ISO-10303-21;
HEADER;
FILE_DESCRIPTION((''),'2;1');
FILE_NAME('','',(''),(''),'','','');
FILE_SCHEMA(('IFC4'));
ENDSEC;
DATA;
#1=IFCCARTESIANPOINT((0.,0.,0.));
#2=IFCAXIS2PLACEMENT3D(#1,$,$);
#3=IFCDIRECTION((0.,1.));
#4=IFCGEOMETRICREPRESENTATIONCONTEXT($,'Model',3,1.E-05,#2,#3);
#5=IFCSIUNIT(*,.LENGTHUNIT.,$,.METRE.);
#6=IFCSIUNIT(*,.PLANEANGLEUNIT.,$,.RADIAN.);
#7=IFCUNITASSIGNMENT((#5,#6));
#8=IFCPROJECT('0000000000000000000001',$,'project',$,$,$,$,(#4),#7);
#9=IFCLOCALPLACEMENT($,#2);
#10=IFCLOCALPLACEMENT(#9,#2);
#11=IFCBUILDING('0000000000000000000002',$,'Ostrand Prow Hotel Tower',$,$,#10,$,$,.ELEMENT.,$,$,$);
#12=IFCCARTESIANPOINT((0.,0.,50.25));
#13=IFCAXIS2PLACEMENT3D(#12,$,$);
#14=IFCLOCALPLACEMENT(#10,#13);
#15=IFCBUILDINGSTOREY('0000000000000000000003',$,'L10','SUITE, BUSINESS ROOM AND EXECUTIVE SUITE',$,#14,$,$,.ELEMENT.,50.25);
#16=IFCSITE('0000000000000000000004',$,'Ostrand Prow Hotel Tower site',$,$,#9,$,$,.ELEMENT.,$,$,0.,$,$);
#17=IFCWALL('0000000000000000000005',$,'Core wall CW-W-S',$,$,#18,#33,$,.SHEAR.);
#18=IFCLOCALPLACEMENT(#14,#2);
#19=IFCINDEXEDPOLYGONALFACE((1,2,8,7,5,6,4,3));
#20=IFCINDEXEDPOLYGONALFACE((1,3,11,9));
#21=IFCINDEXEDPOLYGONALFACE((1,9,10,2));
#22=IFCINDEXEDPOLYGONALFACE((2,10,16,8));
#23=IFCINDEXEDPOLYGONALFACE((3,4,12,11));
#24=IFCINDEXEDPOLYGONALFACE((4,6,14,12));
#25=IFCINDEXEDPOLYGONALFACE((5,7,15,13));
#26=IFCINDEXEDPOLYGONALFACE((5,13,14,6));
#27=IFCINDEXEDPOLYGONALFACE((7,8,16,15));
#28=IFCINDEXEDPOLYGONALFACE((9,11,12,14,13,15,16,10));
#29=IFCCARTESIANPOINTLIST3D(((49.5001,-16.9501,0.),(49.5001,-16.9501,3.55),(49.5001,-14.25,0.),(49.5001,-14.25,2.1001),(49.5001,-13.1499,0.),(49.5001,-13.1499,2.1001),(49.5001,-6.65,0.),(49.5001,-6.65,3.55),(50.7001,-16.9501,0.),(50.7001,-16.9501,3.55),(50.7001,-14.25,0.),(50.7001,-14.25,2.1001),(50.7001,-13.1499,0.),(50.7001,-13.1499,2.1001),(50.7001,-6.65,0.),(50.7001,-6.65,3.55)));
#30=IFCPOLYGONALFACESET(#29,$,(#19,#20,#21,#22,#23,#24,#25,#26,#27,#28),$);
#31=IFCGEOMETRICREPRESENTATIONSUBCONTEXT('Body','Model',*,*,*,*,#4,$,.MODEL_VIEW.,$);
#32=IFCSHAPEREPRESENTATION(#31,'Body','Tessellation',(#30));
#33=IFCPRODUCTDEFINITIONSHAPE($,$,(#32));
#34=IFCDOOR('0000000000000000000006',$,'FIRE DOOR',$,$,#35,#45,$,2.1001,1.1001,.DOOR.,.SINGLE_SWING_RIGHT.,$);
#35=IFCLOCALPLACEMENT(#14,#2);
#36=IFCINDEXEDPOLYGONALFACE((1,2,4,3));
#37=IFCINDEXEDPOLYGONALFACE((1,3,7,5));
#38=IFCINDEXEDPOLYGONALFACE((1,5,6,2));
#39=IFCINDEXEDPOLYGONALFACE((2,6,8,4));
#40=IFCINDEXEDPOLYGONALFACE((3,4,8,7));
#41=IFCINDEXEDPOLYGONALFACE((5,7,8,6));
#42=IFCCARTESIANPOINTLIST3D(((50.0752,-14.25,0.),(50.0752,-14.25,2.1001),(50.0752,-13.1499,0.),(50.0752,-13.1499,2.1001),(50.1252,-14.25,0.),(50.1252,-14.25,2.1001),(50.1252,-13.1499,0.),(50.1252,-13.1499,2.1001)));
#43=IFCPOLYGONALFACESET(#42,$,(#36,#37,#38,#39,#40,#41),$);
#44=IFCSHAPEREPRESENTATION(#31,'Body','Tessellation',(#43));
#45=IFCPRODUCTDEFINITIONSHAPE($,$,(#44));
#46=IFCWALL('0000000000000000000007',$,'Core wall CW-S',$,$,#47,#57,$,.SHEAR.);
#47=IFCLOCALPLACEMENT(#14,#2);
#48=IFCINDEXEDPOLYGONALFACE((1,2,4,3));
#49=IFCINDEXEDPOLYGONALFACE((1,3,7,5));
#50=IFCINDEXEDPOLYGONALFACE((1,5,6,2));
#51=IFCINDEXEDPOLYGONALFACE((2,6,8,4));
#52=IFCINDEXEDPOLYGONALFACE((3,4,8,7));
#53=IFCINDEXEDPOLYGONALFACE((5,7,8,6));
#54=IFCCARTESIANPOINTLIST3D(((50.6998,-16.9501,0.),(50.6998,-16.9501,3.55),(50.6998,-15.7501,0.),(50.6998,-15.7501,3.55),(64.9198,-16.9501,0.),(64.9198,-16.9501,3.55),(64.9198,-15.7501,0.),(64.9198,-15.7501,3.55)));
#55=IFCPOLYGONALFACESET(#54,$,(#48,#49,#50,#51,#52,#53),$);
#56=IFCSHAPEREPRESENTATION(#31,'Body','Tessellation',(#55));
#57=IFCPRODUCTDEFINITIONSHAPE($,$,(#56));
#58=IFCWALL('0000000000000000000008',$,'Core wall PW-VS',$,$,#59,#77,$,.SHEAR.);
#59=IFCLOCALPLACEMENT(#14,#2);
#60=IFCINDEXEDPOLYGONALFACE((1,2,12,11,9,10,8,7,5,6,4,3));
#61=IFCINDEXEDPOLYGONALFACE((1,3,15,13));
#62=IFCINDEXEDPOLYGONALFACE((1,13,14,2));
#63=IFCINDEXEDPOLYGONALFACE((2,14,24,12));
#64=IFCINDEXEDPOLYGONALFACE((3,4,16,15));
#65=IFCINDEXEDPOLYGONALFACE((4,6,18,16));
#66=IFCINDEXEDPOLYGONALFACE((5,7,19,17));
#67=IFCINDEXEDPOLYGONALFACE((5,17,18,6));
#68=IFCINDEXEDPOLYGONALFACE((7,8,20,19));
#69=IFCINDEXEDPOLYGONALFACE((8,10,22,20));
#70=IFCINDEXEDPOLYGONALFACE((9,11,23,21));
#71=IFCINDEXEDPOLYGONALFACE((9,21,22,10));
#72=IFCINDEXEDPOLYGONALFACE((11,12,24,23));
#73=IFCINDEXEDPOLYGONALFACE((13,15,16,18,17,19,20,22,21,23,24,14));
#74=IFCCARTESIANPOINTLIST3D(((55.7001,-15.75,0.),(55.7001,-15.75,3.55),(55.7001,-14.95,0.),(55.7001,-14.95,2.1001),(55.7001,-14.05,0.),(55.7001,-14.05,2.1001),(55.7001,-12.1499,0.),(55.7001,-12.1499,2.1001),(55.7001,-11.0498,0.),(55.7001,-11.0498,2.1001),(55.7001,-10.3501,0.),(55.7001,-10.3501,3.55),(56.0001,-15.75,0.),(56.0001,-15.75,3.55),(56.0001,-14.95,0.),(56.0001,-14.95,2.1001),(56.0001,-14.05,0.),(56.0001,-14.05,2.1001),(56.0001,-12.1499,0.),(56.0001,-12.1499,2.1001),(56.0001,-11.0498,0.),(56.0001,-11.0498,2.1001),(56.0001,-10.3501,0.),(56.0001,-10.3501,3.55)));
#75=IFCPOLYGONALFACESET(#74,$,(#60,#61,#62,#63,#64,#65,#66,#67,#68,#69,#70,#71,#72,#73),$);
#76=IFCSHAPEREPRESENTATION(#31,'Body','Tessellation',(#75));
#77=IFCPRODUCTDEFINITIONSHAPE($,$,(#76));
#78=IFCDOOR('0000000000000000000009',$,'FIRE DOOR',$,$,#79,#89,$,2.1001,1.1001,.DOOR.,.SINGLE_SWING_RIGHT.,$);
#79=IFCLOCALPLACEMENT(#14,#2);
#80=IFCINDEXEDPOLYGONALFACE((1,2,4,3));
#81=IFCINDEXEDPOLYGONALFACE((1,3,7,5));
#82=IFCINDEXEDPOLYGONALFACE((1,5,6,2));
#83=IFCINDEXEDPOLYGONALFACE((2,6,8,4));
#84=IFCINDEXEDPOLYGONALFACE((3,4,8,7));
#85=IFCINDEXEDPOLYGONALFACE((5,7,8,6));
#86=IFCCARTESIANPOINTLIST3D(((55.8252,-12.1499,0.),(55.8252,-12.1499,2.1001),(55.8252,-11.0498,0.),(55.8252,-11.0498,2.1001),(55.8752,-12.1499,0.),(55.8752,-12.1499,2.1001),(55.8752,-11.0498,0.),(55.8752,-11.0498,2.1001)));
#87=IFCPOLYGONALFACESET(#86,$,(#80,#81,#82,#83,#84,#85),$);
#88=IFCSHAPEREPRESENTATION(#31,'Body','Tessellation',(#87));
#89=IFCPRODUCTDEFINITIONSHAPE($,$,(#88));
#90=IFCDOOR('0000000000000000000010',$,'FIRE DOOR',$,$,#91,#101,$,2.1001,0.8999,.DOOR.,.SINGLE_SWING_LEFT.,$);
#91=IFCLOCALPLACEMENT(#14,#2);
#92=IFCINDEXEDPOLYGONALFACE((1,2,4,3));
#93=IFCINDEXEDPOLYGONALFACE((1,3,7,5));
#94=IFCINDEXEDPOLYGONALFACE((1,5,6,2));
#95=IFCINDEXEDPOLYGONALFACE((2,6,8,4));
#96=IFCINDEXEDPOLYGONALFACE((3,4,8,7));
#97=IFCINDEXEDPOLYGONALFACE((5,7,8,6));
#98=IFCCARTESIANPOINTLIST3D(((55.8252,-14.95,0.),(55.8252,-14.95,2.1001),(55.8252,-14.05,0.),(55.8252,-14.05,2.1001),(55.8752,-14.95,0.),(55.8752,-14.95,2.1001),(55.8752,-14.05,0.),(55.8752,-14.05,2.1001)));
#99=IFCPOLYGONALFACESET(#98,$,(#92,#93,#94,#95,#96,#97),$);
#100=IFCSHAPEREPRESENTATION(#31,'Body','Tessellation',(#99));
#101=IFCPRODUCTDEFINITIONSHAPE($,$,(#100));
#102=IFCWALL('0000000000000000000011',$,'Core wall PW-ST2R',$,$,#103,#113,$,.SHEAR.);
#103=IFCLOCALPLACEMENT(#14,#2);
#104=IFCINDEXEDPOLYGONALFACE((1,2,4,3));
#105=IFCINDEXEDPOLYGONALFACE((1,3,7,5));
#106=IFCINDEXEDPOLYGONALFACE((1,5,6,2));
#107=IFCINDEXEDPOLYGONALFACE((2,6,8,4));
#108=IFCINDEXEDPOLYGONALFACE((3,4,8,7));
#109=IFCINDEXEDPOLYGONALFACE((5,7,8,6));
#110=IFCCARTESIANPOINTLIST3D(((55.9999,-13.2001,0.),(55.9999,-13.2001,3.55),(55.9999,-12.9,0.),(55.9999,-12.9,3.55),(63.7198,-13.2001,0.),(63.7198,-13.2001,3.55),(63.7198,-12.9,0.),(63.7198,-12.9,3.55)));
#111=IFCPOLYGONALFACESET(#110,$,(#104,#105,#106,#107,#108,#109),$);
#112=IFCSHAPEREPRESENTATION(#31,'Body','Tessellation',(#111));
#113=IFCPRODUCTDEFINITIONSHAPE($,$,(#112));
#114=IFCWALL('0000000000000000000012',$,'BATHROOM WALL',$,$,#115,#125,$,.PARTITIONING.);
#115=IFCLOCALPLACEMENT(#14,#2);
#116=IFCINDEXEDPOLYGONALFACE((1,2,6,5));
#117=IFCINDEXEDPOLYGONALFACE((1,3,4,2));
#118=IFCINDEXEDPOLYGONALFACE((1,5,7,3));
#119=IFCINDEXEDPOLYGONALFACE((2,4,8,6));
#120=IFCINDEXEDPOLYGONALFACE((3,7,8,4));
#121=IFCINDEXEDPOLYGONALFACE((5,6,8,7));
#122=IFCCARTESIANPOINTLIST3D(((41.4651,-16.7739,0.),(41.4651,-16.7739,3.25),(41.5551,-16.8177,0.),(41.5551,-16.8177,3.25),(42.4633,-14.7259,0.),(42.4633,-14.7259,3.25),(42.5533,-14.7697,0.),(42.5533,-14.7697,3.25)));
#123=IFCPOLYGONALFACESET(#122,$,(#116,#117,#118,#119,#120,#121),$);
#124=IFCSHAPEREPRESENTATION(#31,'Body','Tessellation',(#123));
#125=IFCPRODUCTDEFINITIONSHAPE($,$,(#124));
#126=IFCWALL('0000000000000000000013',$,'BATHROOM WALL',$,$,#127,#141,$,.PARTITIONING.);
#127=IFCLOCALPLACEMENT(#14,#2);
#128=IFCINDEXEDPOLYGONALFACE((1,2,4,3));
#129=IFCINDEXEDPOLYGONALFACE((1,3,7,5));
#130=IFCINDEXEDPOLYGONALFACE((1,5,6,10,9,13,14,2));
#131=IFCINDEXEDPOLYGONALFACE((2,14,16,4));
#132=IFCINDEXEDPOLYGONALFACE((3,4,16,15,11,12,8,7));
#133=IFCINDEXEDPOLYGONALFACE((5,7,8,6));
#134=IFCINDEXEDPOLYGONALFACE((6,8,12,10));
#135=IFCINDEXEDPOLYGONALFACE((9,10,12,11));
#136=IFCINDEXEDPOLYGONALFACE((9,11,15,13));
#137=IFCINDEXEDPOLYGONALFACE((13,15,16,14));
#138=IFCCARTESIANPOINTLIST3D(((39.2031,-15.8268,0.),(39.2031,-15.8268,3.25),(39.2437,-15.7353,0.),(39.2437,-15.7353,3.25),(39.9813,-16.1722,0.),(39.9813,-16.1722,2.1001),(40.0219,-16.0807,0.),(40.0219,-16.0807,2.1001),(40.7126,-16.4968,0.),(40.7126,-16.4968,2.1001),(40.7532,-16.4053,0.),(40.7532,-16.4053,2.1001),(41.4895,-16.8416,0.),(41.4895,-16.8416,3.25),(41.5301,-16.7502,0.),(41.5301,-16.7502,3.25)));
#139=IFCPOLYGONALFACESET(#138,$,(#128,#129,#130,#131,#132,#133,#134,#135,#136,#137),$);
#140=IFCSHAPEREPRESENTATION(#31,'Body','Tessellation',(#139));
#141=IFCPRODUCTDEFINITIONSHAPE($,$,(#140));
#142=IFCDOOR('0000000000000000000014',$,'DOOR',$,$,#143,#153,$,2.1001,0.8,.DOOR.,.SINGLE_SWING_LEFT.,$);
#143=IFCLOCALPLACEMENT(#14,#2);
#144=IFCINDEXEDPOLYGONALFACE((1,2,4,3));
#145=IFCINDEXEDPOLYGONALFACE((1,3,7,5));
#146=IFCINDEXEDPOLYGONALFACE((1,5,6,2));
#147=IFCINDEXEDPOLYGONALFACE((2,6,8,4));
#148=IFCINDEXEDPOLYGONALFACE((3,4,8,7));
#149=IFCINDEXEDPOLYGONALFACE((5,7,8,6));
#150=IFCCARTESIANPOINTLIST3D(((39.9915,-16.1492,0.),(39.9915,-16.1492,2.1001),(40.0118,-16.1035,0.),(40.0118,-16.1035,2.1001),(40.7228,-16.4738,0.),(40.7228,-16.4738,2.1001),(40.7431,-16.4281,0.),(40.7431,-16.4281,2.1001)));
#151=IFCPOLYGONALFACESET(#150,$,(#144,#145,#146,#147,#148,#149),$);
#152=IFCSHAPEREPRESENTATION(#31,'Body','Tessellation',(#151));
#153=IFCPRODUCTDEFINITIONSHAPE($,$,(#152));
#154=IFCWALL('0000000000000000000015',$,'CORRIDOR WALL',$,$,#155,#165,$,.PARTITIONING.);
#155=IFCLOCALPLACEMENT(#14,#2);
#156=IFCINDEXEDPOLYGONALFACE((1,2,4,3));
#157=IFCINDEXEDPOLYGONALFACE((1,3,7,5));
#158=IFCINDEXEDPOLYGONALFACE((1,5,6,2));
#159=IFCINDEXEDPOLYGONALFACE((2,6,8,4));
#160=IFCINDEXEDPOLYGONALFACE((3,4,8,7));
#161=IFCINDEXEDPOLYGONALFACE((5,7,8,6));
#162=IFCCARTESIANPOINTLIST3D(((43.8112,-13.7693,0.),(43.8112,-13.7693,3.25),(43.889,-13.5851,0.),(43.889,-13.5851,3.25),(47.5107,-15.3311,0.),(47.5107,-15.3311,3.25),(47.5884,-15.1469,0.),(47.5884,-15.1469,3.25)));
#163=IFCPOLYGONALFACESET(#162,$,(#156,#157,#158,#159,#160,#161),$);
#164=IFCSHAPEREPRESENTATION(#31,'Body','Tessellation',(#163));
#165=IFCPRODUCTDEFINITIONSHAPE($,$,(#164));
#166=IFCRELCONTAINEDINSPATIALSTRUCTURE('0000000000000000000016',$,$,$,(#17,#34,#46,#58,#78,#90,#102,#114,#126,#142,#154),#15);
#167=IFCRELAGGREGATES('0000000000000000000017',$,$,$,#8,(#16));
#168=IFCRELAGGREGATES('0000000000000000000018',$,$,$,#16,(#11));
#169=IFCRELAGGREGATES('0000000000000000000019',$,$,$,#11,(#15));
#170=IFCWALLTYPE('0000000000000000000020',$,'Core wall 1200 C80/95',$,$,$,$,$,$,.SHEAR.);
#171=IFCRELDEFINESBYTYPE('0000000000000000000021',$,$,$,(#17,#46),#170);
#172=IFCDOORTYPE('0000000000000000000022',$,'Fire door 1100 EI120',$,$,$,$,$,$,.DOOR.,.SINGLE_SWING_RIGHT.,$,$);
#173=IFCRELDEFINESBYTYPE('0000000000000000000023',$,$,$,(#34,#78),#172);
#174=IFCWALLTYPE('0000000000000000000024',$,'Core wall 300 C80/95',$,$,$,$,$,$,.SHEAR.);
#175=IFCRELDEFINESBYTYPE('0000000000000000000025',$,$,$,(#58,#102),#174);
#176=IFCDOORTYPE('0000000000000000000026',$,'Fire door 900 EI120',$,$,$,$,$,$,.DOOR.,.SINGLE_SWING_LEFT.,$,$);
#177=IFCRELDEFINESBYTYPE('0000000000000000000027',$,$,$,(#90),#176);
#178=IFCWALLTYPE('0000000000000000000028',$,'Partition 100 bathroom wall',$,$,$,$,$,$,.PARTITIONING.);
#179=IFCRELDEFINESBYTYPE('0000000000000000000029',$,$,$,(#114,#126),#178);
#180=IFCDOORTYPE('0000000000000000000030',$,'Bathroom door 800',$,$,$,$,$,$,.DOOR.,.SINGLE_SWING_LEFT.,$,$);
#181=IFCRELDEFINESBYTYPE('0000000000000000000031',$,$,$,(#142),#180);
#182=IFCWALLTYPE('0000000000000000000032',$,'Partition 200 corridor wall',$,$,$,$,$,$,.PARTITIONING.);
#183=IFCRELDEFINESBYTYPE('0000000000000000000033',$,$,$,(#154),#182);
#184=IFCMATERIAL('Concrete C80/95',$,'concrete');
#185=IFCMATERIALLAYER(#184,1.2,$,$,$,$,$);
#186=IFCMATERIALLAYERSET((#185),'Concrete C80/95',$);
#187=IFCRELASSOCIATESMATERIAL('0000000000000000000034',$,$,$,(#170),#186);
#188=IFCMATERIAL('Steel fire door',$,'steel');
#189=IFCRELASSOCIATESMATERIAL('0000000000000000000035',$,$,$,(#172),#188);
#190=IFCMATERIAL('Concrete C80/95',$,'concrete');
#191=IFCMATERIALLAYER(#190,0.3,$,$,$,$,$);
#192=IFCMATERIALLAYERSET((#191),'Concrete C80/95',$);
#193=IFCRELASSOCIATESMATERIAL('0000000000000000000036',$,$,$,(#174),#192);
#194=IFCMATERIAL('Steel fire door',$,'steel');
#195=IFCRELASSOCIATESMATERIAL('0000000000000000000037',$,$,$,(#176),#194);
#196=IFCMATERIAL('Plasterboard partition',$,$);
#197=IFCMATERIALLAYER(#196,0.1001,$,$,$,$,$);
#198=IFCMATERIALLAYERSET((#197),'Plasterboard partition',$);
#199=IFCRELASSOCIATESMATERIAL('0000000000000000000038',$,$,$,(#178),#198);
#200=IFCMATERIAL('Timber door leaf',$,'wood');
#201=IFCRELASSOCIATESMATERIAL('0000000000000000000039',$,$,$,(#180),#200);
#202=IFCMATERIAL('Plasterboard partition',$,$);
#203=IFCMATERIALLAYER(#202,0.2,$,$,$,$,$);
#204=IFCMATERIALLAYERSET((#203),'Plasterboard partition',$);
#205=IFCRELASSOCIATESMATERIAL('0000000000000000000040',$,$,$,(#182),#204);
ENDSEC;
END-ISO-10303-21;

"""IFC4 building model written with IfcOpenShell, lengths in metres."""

from ifc_helpers import new_model, si_unit, direction, frame, frame_2d, origin, place, context, subcontext, project, spatial, rectangle, extrude, material, layer, layer_set, type_object, element, fill, save


model = new_model("IFC4")

# Units and contexts
model_context = context("Model", 3, precision=1e-05, world=origin(), true_north=direction((0.0, 1.0)))
body_context = subcontext(model_context, "Body", "Model", "MODEL_VIEW")
ifc_project = project(units=[si_unit("LENGTHUNIT", "METRE"), si_unit("PLANEANGLEUNIT", "RADIAN")], contexts=[model_context])

# Site, building, storey
site_placement = place(None, origin())
site = spatial("IfcSite", under=ifc_project, at=site_placement, Name="Ostrand Prow Hotel Tower site", CompositionType="ELEMENT", RefElevation=0.0)
building_placement = place(site_placement, origin())
building = spatial("IfcBuilding", under=site, at=building_placement, Name="Ostrand Prow Hotel Tower", CompositionType="ELEMENT")
storey_placement = place(building_placement, frame((0.0, 0.0, 50.25)))
storey = spatial("IfcBuildingStorey", under=building, at=storey_placement, Name="L10", Description="SUITE, BUSINESS ROOM AND EXECUTIVE SUITE", CompositionType="ELEMENT", Elevation=50.25)

# Wall, opening, door
ifc_material_1 = material(Name="Concrete C80/95", Category="concrete")
ifc_layer_1 = layer(ifc_material_1, 1.2)
ifc_layer_set_1 = layer_set([ifc_layer_1], Name="Concrete C80/95")
wall_type_1 = type_object("IfcWallType", Name="Core wall 1200 C80/95", PredefinedType="SHEAR", material=ifc_layer_set_1)
wall_1_placement = place(storey_placement, frame((50.1001, -16.95, 0.0), z_axis=(0.0, 0.0, 1.0), x_axis=(0.0, 1.0, 0.0)))
wall_1 = element("IfcWall", 1, at=wall_1_placement, inside=storey, type_object=wall_type_1, Name="Core wall CW-W-S", PredefinedType="SHEAR", context=body_context, shape_type="SweptSolid", body=[
    extrude(rectangle(XDim=10.3, YDim=1.2, at=frame_2d((5.1499, 0.0))), origin(), (0.0, 0.0, 1.0), 3.55),
])
opening_1_placement = place(wall_1_placement, frame((2.7, 0.0, 0.0)))
opening_1 = element("IfcOpeningElement", 2, at=opening_1_placement, cuts=wall_1, PredefinedType="OPENING", context=body_context, shape_type="SweptSolid", body=[
    extrude(rectangle(XDim=1.1001, YDim=2.1001, at=frame_2d((0.55, 1.05))), frame((0.0, 0.6099, 0.0), z_axis=(0.0, -1.0, 0.0), x_axis=(1.0, 0.0, 0.0)), (0.0, 0.0, 1.0), 1.22),
])
ifc_material_2 = material(Name="Steel fire door", Category="steel")
door_type_1 = type_object("IfcDoorType", Name="Fire door 1100 EI120", OperationType="SINGLE_SWING_RIGHT", PredefinedType="DOOR", material=ifc_material_2)
door_1_placement = place(opening_1_placement, origin())
door_1 = element("IfcDoor", 3, at=door_1_placement, inside=storey, type_object=door_type_1, Name="FIRE DOOR", OperationType="SINGLE_SWING_RIGHT", OverallHeight=2.1001, OverallWidth=1.1001, PredefinedType="DOOR", context=body_context, shape_type="SweptSolid", body=[
    extrude(rectangle(XDim=1.1001, YDim=2.1001, at=frame_2d((0.55, 1.05))), frame((0.0, 0.0249, 0.0), z_axis=(0.0, -1.0, 0.0), x_axis=(1.0, 0.0, 0.0)), (0.0, 0.0, 1.0), 0.05),
])
fill(opening_1, door_1)

# Wall
wall_2_placement = place(storey_placement, frame((50.7, -16.3501, 0.0), z_axis=(0.0, 0.0, 1.0), x_axis=(1.0, 0.0, 0.0)))
element("IfcWall", 4, at=wall_2_placement, inside=storey, type_object=wall_type_1, Name="Core wall CW-S", PredefinedType="SHEAR", context=body_context, shape_type="SweptSolid", body=[
    extrude(rectangle(XDim=14.22, YDim=1.2, at=frame_2d((7.1099, 0.0))), origin(), (0.0, 0.0, 1.0), 3.55),
])

# Wall, openings, doors
ifc_material_3 = material(Name="Concrete C80/95", Category="concrete")
ifc_layer_2 = layer(ifc_material_3, 0.3)
ifc_layer_set_2 = layer_set([ifc_layer_2], Name="Concrete C80/95")
wall_type_2 = type_object("IfcWallType", Name="Core wall 300 C80/95", PredefinedType="SHEAR", material=ifc_layer_set_2)
wall_3_placement = place(storey_placement, frame((55.8501, -15.75, 0.0), z_axis=(0.0, 0.0, 1.0), x_axis=(0.0, 1.0, 0.0)))
wall_3 = element("IfcWall", 5, at=wall_3_placement, inside=storey, type_object=wall_type_2, Name="Core wall PW-VS", PredefinedType="SHEAR", context=body_context, shape_type="SweptSolid", body=[
    extrude(rectangle(XDim=5.3999, YDim=0.3, at=frame_2d((2.7, 0.0))), origin(), (0.0, 0.0, 1.0), 3.55),
])
opening_2_placement = place(wall_3_placement, frame((3.6001, 0.0, 0.0)))
opening_2 = element("IfcOpeningElement", 6, at=opening_2_placement, cuts=wall_3, PredefinedType="OPENING", context=body_context, shape_type="SweptSolid", body=[
    extrude(rectangle(XDim=1.1001, YDim=2.1001, at=frame_2d((0.55, 1.05))), frame((0.0, 0.1599, 0.0), z_axis=(0.0, -1.0, 0.0), x_axis=(1.0, 0.0, 0.0)), (0.0, 0.0, 1.0), 0.3201),
])
opening_3_placement = place(wall_3_placement, frame((0.8, 0.0, 0.0)))
opening_3 = element("IfcOpeningElement", 7, at=opening_3_placement, cuts=wall_3, PredefinedType="OPENING", context=body_context, shape_type="SweptSolid", body=[
    extrude(rectangle(XDim=0.8999, YDim=2.1001, at=frame_2d((0.45, 1.05))), frame((0.0, 0.1599, 0.0), z_axis=(0.0, -1.0, 0.0), x_axis=(1.0, 0.0, 0.0)), (0.0, 0.0, 1.0), 0.3201),
])
door_2_placement = place(opening_2_placement, origin())
door_2 = element("IfcDoor", 8, at=door_2_placement, inside=storey, type_object=door_type_1, Name="FIRE DOOR", OperationType="SINGLE_SWING_RIGHT", OverallHeight=2.1001, OverallWidth=1.1001, PredefinedType="DOOR", context=body_context, shape_type="SweptSolid", body=[
    extrude(rectangle(XDim=1.1001, YDim=2.1001, at=frame_2d((0.55, 1.05))), frame((0.0, 0.0249, 0.0), z_axis=(0.0, -1.0, 0.0), x_axis=(1.0, 0.0, 0.0)), (0.0, 0.0, 1.0), 0.05),
])
fill(opening_2, door_2)
ifc_material_4 = material(Name="Steel fire door", Category="steel")
door_type_2 = type_object("IfcDoorType", Name="Fire door 900 EI120", OperationType="SINGLE_SWING_LEFT", PredefinedType="DOOR", material=ifc_material_4)
door_3_placement = place(opening_3_placement, origin())
door_3 = element("IfcDoor", 9, at=door_3_placement, inside=storey, type_object=door_type_2, Name="FIRE DOOR", OperationType="SINGLE_SWING_LEFT", OverallHeight=2.1001, OverallWidth=0.8999, PredefinedType="DOOR", context=body_context, shape_type="SweptSolid", body=[
    extrude(rectangle(XDim=0.8999, YDim=2.1001, at=frame_2d((0.45, 1.05))), frame((0.0, 0.0249, 0.0), z_axis=(0.0, -1.0, 0.0), x_axis=(1.0, 0.0, 0.0)), (0.0, 0.0, 1.0), 0.05),
])
fill(opening_3, door_3)

# Walls
wall_4_placement = place(storey_placement, frame((56.0, -13.05, 0.0), z_axis=(0.0, 0.0, 1.0), x_axis=(1.0, 0.0, 0.0)))
element("IfcWall", 10, at=wall_4_placement, inside=storey, type_object=wall_type_2, Name="Core wall PW-ST2R", PredefinedType="SHEAR", context=body_context, shape_type="SweptSolid", body=[
    extrude(rectangle(XDim=7.72, YDim=0.3, at=frame_2d((3.8599, 0.0))), origin(), (0.0, 0.0, 1.0), 3.55),
])
ifc_material_5 = material(Name="Plasterboard partition")
ifc_layer_3 = layer(ifc_material_5, 0.1001)
ifc_layer_set_3 = layer_set([ifc_layer_3], Name="Plasterboard partition")
wall_type_3 = type_object("IfcWallType", Name="Partition 100 bathroom wall", PredefinedType="PARTITIONING", material=ifc_layer_set_3)
wall_5_placement = place(storey_placement, frame((42.5083, -14.7478, 0.0), z_axis=(0.0, 0.0, 1.0), x_axis=(-0.438147, -0.898903, 0.0)))
element("IfcWall", 11, at=wall_5_placement, inside=storey, type_object=wall_type_3, Name="BATHROOM WALL", PredefinedType="PARTITIONING", context=body_context, shape_type="SweptSolid", body=[
    extrude(rectangle(XDim=2.2783, YDim=0.1001, at=frame_2d((1.1392, 0.0))), origin(), (0.0, 0.0, 1.0), 3.25),
])

# Wall, opening, door
wall_6_placement = place(storey_placement, frame((41.5098, -16.7959, 0.0), z_axis=(0.0, 0.0, 1.0), x_axis=(-0.914001, 0.405713, 0.0)))
wall_6 = element("IfcWall", 12, at=wall_6_placement, inside=storey, type_object=wall_type_3, Name="BATHROOM WALL", PredefinedType="PARTITIONING", context=body_context, shape_type="SweptSolid", body=[
    extrude(rectangle(XDim=2.5015, YDim=0.1001, at=frame_2d((1.2507, 0.0))), origin(), (0.0, 0.0, 1.0), 3.25),
])
opening_4_placement = place(wall_6_placement, frame((0.8501, 0.0, 0.0)))
opening_4 = element("IfcOpeningElement", 13, at=opening_4_placement, cuts=wall_6, PredefinedType="OPENING", context=body_context, shape_type="SweptSolid", body=[
    extrude(rectangle(XDim=0.8, YDim=2.1001, at=frame_2d((0.3999, 1.05))), frame((0.0, 0.0601, 0.0), z_axis=(0.0, -1.0, 0.0), x_axis=(1.0, 0.0, 0.0)), (0.0, 0.0, 1.0), 0.1201),
])
ifc_material_6 = material(Name="Timber door leaf", Category="wood")
door_type_3 = type_object("IfcDoorType", Name="Bathroom door 800", OperationType="SINGLE_SWING_LEFT", PredefinedType="DOOR", material=ifc_material_6)
door_4_placement = place(opening_4_placement, origin())
door_4 = element("IfcDoor", 14, at=door_4_placement, inside=storey, type_object=door_type_3, Name="DOOR", OperationType="SINGLE_SWING_LEFT", OverallHeight=2.1001, OverallWidth=0.8, PredefinedType="DOOR", context=body_context, shape_type="SweptSolid", body=[
    extrude(rectangle(XDim=0.8, YDim=2.1001, at=frame_2d((0.3999, 1.05))), frame((0.0, 0.0249, 0.0), z_axis=(0.0, -1.0, 0.0), x_axis=(1.0, 0.0, 0.0)), (0.0, 0.0, 1.0), 0.05),
])
fill(opening_4, door_4)

# Wall
ifc_material_7 = material(Name="Plasterboard partition")
ifc_layer_4 = layer(ifc_material_7, 0.2)
ifc_layer_set_4 = layer_set([ifc_layer_4], Name="Plasterboard partition")
wall_type_4 = type_object("IfcWallType", Name="Partition 200 corridor wall", PredefinedType="PARTITIONING", material=ifc_layer_set_4)
wall_7_placement = place(storey_placement, frame((47.5496, -15.239, 0.0), z_axis=(0.0, 0.0, 1.0), x_axis=(-0.92127, 0.388924, 0.0)))
element("IfcWall", 15, at=wall_7_placement, inside=storey, type_object=wall_type_4, Name="CORRIDOR WALL", PredefinedType="PARTITIONING", context=body_context, shape_type="SweptSolid", body=[
    extrude(rectangle(XDim=4.0156, YDim=0.2, at=frame_2d((2.0078, 0.0))), origin(), (0.0, 0.0, 1.0), 3.25),
])

save(model, "model.ifc")
